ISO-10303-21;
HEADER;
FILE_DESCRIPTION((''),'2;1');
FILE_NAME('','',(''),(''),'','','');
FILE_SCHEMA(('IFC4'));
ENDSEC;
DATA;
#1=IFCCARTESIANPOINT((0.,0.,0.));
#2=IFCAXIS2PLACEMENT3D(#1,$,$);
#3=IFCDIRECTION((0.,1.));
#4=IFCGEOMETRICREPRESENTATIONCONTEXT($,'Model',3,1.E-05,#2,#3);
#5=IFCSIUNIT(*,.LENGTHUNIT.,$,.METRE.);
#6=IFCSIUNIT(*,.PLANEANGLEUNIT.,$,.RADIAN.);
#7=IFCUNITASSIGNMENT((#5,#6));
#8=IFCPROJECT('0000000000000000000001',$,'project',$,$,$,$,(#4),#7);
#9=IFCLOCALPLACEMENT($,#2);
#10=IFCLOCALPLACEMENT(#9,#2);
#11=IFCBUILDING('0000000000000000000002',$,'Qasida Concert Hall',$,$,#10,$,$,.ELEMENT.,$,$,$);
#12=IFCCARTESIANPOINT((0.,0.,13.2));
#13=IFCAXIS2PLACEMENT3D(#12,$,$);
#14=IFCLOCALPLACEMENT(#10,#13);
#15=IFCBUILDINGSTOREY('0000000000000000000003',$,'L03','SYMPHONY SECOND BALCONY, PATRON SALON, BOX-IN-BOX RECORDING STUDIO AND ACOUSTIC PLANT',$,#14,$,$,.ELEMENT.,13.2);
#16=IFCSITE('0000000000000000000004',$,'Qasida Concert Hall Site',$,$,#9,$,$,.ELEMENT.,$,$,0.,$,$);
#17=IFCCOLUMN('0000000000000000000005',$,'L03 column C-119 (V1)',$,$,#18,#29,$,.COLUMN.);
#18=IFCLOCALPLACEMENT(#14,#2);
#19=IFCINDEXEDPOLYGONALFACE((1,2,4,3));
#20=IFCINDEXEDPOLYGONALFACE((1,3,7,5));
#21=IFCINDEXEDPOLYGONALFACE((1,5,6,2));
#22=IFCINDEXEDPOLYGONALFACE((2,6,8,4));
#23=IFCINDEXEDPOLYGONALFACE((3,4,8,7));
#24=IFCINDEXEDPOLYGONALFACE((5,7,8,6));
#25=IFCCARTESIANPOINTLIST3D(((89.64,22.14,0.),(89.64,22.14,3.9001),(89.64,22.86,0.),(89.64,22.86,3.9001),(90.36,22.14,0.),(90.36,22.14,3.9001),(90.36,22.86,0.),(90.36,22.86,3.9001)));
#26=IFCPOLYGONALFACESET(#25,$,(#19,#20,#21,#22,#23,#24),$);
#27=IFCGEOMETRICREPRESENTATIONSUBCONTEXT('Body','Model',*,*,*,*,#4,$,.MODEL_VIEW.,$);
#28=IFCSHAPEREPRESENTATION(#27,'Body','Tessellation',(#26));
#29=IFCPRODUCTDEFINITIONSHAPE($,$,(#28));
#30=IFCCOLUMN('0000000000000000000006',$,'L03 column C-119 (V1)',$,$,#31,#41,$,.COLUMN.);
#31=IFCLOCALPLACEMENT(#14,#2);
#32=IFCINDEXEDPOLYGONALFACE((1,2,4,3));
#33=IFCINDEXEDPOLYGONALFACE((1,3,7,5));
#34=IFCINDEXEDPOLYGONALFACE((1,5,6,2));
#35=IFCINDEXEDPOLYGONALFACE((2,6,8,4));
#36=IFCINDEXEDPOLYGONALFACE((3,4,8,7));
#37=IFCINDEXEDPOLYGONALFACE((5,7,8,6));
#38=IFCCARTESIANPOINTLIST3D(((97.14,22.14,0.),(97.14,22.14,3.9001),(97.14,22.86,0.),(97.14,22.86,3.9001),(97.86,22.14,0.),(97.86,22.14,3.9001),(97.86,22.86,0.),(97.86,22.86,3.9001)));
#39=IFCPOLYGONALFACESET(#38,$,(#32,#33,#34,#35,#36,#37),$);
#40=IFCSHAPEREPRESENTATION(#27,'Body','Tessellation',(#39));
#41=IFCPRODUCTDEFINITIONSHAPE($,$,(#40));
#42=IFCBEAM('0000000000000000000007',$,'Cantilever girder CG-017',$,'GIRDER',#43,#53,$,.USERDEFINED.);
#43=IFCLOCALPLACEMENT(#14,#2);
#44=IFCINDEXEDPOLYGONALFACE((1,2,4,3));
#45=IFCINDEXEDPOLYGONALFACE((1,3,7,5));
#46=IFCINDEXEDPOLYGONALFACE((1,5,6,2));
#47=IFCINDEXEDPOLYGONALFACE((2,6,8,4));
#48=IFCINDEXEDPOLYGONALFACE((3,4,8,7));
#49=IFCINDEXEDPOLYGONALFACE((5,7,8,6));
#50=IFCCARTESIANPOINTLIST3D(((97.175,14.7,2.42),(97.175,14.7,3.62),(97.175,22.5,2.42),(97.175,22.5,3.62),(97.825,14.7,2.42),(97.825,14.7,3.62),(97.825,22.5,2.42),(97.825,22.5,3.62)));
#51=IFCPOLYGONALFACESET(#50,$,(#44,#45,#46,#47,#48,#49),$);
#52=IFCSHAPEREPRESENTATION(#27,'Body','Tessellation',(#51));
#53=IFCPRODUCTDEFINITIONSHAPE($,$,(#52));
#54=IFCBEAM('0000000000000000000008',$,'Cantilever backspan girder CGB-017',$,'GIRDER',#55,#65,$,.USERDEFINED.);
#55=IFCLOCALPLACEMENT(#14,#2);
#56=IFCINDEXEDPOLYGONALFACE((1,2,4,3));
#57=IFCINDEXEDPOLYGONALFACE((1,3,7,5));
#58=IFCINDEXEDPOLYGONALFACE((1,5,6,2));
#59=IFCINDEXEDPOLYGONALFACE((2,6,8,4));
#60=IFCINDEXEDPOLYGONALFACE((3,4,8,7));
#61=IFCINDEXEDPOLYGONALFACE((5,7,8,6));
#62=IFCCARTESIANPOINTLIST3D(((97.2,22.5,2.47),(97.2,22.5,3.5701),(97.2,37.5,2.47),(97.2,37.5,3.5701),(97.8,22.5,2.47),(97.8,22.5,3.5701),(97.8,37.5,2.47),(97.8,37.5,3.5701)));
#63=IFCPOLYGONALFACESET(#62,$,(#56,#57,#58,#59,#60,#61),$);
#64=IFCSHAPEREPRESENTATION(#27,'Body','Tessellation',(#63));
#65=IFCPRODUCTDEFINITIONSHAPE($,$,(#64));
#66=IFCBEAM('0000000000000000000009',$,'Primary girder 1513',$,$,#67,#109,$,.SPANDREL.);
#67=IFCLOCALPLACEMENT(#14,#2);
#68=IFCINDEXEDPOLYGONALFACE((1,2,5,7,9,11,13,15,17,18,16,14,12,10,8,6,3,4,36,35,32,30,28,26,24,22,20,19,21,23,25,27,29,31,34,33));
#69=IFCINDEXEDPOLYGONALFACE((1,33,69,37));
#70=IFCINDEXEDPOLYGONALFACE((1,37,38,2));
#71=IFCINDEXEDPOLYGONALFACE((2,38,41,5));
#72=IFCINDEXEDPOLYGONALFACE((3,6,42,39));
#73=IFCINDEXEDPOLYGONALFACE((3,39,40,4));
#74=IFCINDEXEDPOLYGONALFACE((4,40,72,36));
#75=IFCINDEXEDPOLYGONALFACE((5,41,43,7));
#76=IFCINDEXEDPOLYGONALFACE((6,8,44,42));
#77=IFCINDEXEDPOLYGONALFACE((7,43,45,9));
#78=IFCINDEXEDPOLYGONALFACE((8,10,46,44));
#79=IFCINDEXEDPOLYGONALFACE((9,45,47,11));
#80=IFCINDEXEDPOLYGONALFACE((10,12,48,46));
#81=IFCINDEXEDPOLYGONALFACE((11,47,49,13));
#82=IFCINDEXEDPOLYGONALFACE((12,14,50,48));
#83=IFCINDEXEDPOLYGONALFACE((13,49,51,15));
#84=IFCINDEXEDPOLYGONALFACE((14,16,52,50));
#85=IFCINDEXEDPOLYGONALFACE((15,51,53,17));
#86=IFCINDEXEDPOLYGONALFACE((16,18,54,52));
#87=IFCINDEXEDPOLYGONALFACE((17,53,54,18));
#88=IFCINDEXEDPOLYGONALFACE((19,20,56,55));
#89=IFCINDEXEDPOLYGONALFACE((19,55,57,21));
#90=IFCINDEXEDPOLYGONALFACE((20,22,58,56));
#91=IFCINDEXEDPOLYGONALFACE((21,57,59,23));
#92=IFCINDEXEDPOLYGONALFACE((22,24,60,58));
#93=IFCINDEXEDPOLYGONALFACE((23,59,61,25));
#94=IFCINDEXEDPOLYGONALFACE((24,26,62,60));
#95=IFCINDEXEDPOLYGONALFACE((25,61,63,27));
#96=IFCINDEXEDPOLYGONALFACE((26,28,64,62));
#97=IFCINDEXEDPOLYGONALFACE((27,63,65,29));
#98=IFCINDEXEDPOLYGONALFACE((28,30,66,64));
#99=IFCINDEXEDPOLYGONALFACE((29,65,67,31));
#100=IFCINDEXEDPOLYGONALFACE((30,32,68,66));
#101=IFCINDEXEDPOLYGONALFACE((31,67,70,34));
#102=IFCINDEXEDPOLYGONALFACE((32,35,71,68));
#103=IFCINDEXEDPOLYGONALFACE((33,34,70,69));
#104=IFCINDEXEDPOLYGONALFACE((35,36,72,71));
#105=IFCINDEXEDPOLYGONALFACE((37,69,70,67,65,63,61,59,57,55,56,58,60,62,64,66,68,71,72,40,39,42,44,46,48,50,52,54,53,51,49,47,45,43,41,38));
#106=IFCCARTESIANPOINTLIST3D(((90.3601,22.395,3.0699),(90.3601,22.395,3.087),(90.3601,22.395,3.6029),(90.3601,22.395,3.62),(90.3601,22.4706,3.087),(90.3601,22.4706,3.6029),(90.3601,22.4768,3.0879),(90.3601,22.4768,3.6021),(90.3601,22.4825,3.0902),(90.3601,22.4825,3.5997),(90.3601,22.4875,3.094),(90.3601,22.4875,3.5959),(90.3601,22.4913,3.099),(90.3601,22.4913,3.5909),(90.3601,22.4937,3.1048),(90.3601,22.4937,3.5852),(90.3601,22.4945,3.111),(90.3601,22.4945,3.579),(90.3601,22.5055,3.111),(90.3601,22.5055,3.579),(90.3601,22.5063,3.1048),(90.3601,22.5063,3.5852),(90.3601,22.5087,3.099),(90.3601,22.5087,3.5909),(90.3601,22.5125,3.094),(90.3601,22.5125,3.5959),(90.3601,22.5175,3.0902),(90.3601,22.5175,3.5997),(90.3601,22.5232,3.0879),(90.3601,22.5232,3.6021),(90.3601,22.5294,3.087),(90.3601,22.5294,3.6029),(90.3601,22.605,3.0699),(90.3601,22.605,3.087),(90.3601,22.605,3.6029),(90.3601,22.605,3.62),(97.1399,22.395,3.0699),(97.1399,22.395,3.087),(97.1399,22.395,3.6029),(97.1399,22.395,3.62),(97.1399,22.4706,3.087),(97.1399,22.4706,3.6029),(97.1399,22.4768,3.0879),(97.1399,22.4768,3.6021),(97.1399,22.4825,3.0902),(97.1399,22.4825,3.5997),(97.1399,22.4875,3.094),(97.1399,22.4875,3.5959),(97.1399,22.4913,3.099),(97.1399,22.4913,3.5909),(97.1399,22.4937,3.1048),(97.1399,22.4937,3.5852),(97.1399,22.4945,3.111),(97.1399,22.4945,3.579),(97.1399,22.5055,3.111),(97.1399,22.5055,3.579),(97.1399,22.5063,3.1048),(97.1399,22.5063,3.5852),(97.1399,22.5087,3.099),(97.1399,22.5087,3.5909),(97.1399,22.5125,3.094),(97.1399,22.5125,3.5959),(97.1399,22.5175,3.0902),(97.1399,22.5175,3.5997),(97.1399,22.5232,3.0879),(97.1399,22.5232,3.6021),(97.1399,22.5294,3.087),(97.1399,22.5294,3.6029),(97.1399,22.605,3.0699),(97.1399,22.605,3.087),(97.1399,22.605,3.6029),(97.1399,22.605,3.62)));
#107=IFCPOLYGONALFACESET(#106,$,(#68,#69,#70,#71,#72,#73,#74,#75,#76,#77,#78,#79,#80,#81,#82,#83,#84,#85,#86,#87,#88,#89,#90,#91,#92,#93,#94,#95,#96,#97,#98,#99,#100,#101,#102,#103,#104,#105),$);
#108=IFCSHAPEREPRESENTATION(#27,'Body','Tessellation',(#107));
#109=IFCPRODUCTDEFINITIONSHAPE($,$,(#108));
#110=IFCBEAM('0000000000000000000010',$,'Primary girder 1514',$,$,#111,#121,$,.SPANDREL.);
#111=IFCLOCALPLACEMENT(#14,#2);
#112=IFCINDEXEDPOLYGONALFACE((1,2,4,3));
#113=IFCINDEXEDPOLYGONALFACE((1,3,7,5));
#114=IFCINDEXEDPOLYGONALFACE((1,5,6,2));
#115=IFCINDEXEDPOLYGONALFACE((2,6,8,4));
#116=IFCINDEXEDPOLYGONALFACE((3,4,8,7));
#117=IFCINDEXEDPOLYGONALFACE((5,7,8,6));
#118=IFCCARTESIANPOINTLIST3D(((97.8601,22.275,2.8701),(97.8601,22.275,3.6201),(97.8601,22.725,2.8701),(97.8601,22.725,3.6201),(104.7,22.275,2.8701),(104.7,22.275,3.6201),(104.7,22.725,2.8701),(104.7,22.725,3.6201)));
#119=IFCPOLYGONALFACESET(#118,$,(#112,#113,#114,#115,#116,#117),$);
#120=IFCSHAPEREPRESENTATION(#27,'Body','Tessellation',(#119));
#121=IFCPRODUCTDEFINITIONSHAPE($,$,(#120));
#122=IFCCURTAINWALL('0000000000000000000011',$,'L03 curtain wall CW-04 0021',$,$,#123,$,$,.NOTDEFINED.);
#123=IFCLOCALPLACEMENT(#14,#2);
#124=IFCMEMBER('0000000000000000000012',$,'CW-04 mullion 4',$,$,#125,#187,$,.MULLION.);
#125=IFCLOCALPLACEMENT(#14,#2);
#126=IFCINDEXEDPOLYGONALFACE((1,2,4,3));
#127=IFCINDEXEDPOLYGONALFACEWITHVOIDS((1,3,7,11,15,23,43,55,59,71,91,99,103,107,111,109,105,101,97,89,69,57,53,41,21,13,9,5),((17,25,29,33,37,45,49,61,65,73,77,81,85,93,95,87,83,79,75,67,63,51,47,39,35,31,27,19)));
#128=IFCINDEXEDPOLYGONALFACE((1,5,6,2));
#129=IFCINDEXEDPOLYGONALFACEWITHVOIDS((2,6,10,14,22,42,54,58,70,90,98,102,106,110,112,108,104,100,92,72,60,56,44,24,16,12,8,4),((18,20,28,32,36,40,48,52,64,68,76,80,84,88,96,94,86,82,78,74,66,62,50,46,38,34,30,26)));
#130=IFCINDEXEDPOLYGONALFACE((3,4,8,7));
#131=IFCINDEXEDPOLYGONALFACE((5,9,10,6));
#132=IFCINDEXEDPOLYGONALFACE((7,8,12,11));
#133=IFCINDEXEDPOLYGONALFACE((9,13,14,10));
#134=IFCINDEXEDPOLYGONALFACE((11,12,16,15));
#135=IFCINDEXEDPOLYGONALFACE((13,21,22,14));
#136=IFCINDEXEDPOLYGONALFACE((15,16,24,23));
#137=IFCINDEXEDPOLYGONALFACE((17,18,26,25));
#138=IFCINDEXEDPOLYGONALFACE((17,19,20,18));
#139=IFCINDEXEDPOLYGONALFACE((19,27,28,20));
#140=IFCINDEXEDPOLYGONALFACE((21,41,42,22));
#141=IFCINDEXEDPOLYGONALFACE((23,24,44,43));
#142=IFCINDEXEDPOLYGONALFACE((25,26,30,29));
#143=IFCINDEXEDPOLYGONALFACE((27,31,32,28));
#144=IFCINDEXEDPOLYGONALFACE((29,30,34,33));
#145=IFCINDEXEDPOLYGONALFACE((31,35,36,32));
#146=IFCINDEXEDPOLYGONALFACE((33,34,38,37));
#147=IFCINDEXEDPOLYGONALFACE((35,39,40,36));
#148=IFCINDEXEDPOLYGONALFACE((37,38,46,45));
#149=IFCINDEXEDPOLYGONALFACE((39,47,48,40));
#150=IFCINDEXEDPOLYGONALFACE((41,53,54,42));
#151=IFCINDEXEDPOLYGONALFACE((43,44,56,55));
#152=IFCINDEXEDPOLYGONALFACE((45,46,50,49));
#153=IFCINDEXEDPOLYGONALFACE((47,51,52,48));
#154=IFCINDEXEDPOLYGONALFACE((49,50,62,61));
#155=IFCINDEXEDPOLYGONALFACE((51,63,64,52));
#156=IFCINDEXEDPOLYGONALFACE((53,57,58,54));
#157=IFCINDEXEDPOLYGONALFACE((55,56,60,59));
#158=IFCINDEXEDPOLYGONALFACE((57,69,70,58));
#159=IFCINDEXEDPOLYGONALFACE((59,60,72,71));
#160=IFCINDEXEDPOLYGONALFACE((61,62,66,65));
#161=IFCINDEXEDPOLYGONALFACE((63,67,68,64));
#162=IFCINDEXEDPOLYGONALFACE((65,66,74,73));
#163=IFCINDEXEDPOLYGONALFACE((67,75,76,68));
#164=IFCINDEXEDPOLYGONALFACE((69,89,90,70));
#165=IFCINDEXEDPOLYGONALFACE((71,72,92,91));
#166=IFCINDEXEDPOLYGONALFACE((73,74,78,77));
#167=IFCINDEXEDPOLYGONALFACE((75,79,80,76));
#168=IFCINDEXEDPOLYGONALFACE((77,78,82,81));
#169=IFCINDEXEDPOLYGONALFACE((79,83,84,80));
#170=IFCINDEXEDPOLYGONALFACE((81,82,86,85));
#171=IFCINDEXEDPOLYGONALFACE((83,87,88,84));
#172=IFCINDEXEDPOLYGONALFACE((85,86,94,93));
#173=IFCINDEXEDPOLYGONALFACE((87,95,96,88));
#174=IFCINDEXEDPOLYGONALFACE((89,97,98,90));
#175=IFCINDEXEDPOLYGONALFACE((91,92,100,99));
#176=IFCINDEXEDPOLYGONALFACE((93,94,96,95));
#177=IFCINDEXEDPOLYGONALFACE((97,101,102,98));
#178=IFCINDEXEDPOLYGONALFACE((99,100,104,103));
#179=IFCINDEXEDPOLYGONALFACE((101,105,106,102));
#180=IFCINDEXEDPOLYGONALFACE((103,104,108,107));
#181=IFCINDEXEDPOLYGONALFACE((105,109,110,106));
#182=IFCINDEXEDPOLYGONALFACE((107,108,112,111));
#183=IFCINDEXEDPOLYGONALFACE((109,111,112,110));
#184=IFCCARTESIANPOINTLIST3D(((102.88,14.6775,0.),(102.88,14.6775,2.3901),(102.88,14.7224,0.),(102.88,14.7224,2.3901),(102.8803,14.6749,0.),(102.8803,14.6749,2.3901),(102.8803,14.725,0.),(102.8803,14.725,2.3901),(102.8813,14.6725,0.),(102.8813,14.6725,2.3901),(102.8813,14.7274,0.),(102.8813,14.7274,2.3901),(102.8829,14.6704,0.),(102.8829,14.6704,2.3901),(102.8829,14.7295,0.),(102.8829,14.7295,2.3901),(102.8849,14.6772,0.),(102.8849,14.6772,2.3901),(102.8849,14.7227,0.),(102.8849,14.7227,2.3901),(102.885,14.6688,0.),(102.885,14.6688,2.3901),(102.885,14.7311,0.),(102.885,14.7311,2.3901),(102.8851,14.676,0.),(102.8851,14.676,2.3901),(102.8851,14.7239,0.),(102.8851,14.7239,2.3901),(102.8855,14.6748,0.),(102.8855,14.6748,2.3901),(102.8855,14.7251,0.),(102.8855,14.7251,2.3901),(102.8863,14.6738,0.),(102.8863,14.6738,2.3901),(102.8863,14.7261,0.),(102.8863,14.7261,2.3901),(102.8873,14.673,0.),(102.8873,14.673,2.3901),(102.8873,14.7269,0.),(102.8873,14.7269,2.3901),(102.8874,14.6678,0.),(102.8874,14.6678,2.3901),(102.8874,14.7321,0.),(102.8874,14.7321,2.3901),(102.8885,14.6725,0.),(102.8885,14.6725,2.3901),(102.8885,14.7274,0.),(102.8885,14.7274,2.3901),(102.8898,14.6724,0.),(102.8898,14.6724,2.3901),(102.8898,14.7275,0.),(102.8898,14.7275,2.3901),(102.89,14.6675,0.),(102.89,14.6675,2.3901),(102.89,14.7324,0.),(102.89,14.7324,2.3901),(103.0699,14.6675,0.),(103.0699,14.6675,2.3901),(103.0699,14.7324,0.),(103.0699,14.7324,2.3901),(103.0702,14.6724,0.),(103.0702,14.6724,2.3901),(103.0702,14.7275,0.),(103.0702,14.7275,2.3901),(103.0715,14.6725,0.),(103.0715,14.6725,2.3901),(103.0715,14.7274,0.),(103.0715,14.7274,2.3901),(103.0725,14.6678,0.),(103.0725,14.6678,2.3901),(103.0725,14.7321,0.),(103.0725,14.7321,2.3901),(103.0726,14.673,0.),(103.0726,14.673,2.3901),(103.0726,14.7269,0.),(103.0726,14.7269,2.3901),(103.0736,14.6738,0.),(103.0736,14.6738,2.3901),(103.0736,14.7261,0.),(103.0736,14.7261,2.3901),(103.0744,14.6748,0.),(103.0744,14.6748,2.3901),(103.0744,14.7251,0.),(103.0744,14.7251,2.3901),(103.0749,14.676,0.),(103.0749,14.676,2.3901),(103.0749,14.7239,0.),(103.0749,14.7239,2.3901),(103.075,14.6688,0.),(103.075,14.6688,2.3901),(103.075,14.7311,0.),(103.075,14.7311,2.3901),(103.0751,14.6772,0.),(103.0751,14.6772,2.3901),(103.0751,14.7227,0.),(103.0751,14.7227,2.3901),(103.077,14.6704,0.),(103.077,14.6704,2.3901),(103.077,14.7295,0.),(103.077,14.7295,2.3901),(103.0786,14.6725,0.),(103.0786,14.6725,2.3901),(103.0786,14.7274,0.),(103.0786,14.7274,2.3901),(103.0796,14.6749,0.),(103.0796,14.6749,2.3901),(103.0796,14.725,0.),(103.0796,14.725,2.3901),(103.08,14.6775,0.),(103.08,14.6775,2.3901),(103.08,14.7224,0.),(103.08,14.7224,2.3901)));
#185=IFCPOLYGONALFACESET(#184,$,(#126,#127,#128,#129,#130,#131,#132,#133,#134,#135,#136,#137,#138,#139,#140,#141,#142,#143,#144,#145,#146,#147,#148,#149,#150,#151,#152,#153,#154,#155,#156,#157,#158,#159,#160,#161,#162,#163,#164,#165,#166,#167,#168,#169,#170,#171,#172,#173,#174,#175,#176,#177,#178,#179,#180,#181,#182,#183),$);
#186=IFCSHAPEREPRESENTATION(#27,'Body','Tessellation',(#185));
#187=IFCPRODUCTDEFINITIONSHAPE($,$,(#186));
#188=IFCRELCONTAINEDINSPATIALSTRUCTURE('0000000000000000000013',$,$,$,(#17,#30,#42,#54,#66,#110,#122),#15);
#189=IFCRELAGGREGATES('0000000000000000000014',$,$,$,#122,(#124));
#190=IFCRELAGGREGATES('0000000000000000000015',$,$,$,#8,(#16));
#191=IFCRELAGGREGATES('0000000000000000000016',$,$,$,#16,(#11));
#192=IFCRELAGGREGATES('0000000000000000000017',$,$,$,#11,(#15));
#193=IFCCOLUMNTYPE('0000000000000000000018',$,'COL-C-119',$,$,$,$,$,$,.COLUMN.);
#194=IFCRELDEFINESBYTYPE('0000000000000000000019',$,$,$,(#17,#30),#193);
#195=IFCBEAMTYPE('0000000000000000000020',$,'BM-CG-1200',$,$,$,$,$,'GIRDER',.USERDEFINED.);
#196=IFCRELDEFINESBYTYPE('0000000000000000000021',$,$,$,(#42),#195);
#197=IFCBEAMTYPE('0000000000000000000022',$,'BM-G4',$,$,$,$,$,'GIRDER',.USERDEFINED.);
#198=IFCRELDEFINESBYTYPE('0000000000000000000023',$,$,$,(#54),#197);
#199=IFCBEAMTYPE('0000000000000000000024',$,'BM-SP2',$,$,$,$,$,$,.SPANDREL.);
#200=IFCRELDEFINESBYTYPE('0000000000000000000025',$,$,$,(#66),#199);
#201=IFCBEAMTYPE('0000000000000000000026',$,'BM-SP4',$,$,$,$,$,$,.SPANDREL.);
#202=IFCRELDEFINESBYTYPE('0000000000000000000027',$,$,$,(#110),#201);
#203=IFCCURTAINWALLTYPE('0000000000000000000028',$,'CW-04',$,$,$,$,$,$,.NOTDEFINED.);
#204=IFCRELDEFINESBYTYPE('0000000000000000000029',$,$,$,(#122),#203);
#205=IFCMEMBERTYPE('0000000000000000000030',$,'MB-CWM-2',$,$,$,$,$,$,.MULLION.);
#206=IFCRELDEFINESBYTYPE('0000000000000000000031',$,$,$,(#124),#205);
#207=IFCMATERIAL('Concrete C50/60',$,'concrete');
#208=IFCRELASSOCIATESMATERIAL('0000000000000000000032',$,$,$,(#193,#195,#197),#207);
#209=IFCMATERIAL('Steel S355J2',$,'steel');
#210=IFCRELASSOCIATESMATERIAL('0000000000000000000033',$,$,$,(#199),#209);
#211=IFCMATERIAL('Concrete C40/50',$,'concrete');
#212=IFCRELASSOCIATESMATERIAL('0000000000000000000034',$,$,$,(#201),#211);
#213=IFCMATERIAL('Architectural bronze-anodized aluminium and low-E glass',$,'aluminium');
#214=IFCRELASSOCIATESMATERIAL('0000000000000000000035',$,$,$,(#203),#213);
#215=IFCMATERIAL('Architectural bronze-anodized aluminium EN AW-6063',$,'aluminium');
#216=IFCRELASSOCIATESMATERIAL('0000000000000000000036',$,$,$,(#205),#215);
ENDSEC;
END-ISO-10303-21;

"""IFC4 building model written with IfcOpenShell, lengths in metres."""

from ifc_helpers import new_model, si_unit, direction, frame, origin, origin_2d, place, context, subcontext, project, spatial, rectangle, hollow_rectangle, i_section, extrude, material, material_profile, profile_set, type_object, element, aggregate, save


model = new_model("IFC4")

# Units and contexts
model_context = context("Model", 3, precision=1e-05, world=origin(), true_north=direction((0.0, 1.0)))
body_context = subcontext(model_context, "Body", "Model", "MODEL_VIEW")
ifc_project = project(units=[si_unit("LENGTHUNIT", "METRE"), si_unit("PLANEANGLEUNIT", "RADIAN")], contexts=[model_context])

# Site, building, storey
site_placement = place(None, origin())
site = spatial("IfcSite", under=ifc_project, at=site_placement, Name="Qasida Concert Hall Site", CompositionType="ELEMENT", RefElevation=0.0)
building_placement = place(site_placement, origin())
building = spatial("IfcBuilding", under=site, at=building_placement, Name="Qasida Concert Hall", CompositionType="ELEMENT")
storey_placement = place(building_placement, frame((0.0, 0.0, 13.2)))
storey = spatial("IfcBuildingStorey", under=building, at=storey_placement, Name="L03", Description="SYMPHONY SECOND BALCONY, PATRON SALON, BOX-IN-BOX RECORDING STUDIO AND ACOUSTIC PLANT", CompositionType="ELEMENT", Elevation=13.2)

# Columns
ifc_material_1 = material(Name="Concrete C50/60", Category="concrete")
ifc_material_profile_1 = material_profile(ifc_material_1, rectangle(XDim=0.72, YDim=0.72, at=origin_2d()), Name="RC 720x720")
ifc_profile_set_1 = profile_set([ifc_material_profile_1], Name="Concrete C50/60")
column_type = type_object("IfcColumnType", Name="COL-C-119", PredefinedType="COLUMN", material=ifc_profile_set_1)
for number, where, z_axis, x_axis, name in (
    (1, (90.0, 22.5, 0.0), (0.0, 0.0, 1.0), (1.0, 0.0, 0.0), "L03 column C-119 (V1)"),
    (2, (97.5, 22.5, 0.0), (0.0, 0.0, 1.0), (1.0, 0.0, 0.0), "L03 column C-119 (V1)"),
):
    element("IfcColumn", number, at=place(storey_placement, frame(where, z_axis=z_axis, x_axis=x_axis)), inside=storey, type_object=column_type, Name=name, PredefinedType="COLUMN", context=body_context, shape_type="SweptSolid", body=[
        extrude(rectangle(XDim=0.72, YDim=0.72, at=origin_2d()), origin(), (0.0, 0.0, 1.0), 3.9001),
    ])

# Beams
ifc_material_profile_2 = material_profile(ifc_material_1, rectangle(XDim=0.6499, YDim=1.2, at=origin_2d()), Name="RC 650x1200")
ifc_profile_set_2 = profile_set([ifc_material_profile_2], Name="Concrete C50/60")
beam_type_1 = type_object("IfcBeamType", Name="BM-CG-1200", ElementType="GIRDER", PredefinedType="USERDEFINED", material=ifc_profile_set_2)
beam_1_placement = place(storey_placement, frame((97.5, 22.5, 3.02), z_axis=(0.0, -1.0, 0.0), x_axis=(1.0, 0.0, 0.0)))
element("IfcBeam", 3, at=beam_1_placement, inside=storey, type_object=beam_type_1, Name="Cantilever girder CG-017", ObjectType="GIRDER", PredefinedType="USERDEFINED", context=body_context, shape_type="SweptSolid", body=[
    extrude(rectangle(XDim=0.6499, YDim=1.2, at=origin_2d()), origin(), (0.0, 0.0, 1.0), 7.8),
])
ifc_material_profile_3 = material_profile(ifc_material_1, rectangle(XDim=0.6001, YDim=1.1001, at=origin_2d()), Name="RC 600x1100")
ifc_profile_set_3 = profile_set([ifc_material_profile_3], Name="Concrete C50/60")
beam_type_2 = type_object("IfcBeamType", Name="BM-G4", ElementType="GIRDER", PredefinedType="USERDEFINED", material=ifc_profile_set_3)
beam_2_placement = place(storey_placement, frame((97.5, 22.5, 3.02), z_axis=(0.0, 1.0, 0.0), x_axis=(-1.0, 0.0, 0.0)))
element("IfcBeam", 4, at=beam_2_placement, inside=storey, type_object=beam_type_2, Name="Cantilever backspan girder CGB-017", ObjectType="GIRDER", PredefinedType="USERDEFINED", context=body_context, shape_type="SweptSolid", body=[
    extrude(rectangle(XDim=0.6001, YDim=1.1001, at=origin_2d()), origin(), (0.0, 0.0, 1.0), 15.0),
])
ifc_material_2 = material(Name="Steel S355J2", Category="steel")
ifc_material_profile_4 = material_profile(ifc_material_2, i_section(OverallWidth=0.21, OverallDepth=0.55, WebThickness=0.011, FlangeThickness=0.0171, FilletRadius=0.0239, at=origin_2d()), Name="IPE 550")
ifc_profile_set_4 = profile_set([ifc_material_profile_4], Name="Steel S355J2")
beam_type_3 = type_object("IfcBeamType", Name="BM-SP2", PredefinedType="SPANDREL", material=ifc_profile_set_4)
beam_3_placement = place(storey_placement, frame((90.3601, 22.5, 3.345), z_axis=(1.0, 0.0, 0.0), x_axis=(0.0, 1.0, 0.0)))
element("IfcBeam", 5, at=beam_3_placement, inside=storey, type_object=beam_type_3, Name="Primary girder 1513", PredefinedType="SPANDREL", context=body_context, shape_type="SweptSolid", body=[
    extrude(i_section(OverallWidth=0.21, OverallDepth=0.55, WebThickness=0.011, FlangeThickness=0.0171, FilletRadius=0.0239, at=origin_2d()), origin(), (0.0, 0.0, 1.0), 6.7798),
])
ifc_material_3 = material(Name="Concrete C40/50", Category="concrete")
ifc_material_profile_5 = material_profile(ifc_material_3, rectangle(XDim=0.45, YDim=0.75, at=origin_2d()), Name="RC 450x750")
ifc_profile_set_5 = profile_set([ifc_material_profile_5], Name="Concrete C40/50")
beam_type_4 = type_object("IfcBeamType", Name="BM-SP4", PredefinedType="SPANDREL", material=ifc_profile_set_5)
beam_4_placement = place(storey_placement, frame((97.8601, 22.5, 3.2451), z_axis=(1.0, 0.0, 0.0), x_axis=(0.0, 1.0, 0.0)))
element("IfcBeam", 6, at=beam_4_placement, inside=storey, type_object=beam_type_4, Name="Primary girder 1514", PredefinedType="SPANDREL", context=body_context, shape_type="SweptSolid", body=[
    extrude(rectangle(XDim=0.45, YDim=0.75, at=origin_2d()), origin(), (0.0, 0.0, 1.0), 6.8398),
])

# Curtain wall, member
ifc_material_4 = material(Name="Architectural bronze-anodized aluminium and low-E glass", Category="aluminium")
curtain_wall_type = type_object("IfcCurtainWallType", Name="CW-04", PredefinedType="NOTDEFINED", material=ifc_material_4)
curtain_wall_placement = place(storey_placement, origin())
curtain_wall = element("IfcCurtainWall", 7, at=curtain_wall_placement, inside=storey, type_object=curtain_wall_type, Name="L03 curtain wall CW-04 0021", PredefinedType="NOTDEFINED")
ifc_material_5 = material(Name="Architectural bronze-anodized aluminium EN AW-6063", Category="aluminium")
ifc_material_profile_6 = material_profile(ifc_material_5, hollow_rectangle(XDim=0.0649, YDim=0.2, WallThickness=0.0049, InnerFilletRadius=0.0049, OuterFilletRadius=0.01, at=origin_2d()), Name="CWM 200x65x5")
ifc_profile_set_6 = profile_set([ifc_material_profile_6], Name="Architectural bronze-anodized aluminium EN AW-6063")
member_type_1 = type_object("IfcMemberType", Name="MB-CWM-2", PredefinedType="MULLION", material=ifc_profile_set_6)
member_1_placement = place(storey_placement, frame((102.98, 14.7, 0.0), z_axis=(0.0, 0.0, 1.0), x_axis=(0.0, 1.0, 0.0)))
member_1 = element("IfcMember", 8, at=member_1_placement, type_object=member_type_1, Name="CW-04 mullion 4", PredefinedType="MULLION", context=body_context, shape_type="SweptSolid", body=[
    extrude(hollow_rectangle(XDim=0.0649, YDim=0.2, WallThickness=0.0049, InnerFilletRadius=0.0049, OuterFilletRadius=0.01, at=origin_2d()), origin(), (0.0, 0.0, 1.0), 2.3901),
])
aggregate(curtain_wall, [member_1])

save(model, "model.ifc")
